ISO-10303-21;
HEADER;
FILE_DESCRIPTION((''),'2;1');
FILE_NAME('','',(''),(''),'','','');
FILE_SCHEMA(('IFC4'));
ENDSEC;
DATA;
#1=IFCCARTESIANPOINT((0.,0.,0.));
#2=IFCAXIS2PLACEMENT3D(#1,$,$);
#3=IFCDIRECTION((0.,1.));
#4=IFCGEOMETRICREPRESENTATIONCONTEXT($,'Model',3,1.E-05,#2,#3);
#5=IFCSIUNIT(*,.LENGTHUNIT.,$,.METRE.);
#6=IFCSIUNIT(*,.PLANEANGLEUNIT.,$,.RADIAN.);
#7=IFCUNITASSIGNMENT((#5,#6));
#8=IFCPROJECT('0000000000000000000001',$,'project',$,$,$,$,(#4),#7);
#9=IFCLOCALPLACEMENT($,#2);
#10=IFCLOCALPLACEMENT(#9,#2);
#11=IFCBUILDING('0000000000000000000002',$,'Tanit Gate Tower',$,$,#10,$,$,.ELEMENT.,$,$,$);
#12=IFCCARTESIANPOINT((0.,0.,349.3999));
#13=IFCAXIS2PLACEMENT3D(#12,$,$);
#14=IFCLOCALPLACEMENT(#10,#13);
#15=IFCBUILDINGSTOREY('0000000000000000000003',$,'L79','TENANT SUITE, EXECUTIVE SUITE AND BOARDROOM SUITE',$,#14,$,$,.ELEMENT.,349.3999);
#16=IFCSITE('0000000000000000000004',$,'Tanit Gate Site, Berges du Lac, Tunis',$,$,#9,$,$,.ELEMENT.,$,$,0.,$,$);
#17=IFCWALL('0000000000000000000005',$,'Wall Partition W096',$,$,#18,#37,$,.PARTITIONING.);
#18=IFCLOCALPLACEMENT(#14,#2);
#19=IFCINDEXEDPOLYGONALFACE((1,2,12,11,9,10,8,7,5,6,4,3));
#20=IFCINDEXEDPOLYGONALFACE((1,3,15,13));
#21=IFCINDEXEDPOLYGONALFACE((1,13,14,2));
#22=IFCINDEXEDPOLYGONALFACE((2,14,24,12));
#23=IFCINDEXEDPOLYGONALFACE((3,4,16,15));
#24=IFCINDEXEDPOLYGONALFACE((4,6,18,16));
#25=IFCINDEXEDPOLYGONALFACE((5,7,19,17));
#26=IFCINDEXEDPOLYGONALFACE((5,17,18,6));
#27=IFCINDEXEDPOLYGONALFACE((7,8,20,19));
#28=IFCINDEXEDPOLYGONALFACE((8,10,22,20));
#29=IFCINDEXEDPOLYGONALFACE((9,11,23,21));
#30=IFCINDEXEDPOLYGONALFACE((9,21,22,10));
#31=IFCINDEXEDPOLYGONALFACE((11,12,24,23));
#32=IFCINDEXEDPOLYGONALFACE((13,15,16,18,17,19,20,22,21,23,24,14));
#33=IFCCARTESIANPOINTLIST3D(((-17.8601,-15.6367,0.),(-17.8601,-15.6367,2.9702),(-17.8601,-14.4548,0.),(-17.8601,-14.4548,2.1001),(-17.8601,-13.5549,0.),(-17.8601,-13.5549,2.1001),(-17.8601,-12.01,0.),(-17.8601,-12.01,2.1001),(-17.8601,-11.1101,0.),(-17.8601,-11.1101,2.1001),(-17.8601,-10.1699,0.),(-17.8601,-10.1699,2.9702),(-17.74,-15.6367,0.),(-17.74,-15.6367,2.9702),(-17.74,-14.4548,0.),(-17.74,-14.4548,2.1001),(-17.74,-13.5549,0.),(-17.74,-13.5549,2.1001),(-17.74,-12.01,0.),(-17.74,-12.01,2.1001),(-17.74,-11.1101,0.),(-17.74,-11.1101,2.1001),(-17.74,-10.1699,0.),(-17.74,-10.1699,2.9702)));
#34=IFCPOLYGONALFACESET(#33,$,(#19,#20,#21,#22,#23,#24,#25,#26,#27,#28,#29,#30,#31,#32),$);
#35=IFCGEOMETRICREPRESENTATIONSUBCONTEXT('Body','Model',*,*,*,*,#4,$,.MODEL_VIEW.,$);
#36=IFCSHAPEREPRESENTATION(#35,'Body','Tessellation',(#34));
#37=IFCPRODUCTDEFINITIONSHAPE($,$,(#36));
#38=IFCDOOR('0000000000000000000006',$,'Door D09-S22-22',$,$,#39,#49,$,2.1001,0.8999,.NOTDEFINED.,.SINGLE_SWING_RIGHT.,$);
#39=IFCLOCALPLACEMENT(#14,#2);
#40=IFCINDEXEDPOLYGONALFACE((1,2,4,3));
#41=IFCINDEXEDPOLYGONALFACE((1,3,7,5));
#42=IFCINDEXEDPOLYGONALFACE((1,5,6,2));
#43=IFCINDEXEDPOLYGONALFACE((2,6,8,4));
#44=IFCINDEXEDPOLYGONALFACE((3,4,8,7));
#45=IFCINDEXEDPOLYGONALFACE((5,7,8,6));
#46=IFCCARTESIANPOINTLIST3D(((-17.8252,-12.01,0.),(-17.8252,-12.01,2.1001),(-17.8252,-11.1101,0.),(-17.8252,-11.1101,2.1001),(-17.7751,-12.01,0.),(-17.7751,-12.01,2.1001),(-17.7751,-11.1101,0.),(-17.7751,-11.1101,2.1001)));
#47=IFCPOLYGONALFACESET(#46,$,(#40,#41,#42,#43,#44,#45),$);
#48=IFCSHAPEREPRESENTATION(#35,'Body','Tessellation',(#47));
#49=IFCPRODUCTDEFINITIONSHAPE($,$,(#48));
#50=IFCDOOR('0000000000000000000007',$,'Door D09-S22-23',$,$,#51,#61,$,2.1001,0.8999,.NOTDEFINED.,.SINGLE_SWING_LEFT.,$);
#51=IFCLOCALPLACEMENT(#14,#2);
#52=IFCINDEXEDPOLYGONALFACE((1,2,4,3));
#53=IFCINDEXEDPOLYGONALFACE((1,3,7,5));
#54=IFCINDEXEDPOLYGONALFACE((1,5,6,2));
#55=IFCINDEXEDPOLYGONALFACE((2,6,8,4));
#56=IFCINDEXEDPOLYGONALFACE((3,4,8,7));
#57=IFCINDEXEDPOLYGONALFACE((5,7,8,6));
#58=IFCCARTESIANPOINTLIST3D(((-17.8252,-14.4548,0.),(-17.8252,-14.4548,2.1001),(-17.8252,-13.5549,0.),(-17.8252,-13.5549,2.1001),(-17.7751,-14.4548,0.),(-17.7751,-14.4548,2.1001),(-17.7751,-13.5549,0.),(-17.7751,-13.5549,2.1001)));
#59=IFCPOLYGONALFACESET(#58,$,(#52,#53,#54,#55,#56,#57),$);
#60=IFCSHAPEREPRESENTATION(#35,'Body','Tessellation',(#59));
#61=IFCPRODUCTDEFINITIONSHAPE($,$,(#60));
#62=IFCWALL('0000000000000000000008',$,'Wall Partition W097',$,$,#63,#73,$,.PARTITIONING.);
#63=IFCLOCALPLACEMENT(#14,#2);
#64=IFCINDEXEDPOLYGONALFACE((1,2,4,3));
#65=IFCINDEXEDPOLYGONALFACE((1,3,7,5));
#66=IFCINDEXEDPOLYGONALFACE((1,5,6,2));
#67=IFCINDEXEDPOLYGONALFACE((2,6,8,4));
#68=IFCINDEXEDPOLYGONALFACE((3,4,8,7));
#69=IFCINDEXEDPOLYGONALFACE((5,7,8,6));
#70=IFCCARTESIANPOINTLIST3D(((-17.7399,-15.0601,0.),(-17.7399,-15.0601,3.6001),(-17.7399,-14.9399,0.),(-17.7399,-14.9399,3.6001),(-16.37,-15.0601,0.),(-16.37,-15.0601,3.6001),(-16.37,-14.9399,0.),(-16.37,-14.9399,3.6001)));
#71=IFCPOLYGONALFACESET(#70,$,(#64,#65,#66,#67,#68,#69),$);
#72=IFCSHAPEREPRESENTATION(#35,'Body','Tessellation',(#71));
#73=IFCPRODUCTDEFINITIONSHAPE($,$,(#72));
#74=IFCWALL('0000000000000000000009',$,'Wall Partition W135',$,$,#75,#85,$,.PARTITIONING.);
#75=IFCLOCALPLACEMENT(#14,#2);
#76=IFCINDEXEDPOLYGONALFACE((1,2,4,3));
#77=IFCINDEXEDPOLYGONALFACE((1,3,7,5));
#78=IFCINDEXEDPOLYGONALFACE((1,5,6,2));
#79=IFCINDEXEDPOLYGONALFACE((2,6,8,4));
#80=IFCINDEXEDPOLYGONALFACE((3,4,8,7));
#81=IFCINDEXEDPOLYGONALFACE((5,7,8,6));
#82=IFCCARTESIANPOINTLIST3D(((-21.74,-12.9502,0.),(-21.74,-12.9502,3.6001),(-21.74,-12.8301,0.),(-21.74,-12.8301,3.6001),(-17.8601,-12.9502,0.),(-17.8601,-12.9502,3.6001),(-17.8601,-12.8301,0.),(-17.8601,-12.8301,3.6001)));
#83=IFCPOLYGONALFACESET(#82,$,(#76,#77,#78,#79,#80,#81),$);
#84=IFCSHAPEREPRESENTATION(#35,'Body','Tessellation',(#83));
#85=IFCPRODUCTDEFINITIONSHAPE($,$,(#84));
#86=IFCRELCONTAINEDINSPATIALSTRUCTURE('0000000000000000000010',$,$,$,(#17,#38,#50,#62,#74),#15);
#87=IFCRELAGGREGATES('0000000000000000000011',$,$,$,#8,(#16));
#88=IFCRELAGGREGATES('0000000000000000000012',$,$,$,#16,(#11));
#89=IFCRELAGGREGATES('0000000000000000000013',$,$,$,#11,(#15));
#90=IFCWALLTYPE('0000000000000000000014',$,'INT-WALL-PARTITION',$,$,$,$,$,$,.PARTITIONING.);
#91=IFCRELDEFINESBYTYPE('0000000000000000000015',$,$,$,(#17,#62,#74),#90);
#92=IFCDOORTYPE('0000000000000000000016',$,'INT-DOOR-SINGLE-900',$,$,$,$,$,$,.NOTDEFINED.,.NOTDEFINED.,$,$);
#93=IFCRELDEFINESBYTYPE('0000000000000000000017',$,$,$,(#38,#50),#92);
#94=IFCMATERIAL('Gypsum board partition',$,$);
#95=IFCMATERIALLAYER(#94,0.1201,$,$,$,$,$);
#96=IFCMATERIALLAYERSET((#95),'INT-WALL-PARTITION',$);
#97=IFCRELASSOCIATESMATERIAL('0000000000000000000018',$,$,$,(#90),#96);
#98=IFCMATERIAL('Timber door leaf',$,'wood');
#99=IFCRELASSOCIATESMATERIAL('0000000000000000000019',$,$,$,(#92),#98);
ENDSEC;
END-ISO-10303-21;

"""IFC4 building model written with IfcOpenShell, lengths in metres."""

from ifc_helpers import new_model, si_unit, direction, frame, frame_2d, origin, place, context, subcontext, project, spatial, rectangle, extrude, material, layer, layer_set, type_object, element, fill, save


model = new_model("IFC4")

# Units and contexts
model_context = context("Model", 3, precision=1e-05, world=origin(), true_north=direction((0.0, 1.0)))
body_context = subcontext(model_context, "Body", "Model", "MODEL_VIEW")
ifc_project = project(units=[si_unit("LENGTHUNIT", "METRE"), si_unit("PLANEANGLEUNIT", "RADIAN")], contexts=[model_context])

# Site, building, storey
site_placement = place(None, origin())
site = spatial("IfcSite", under=ifc_project, at=site_placement, Name="Tanit Gate Site, Berges du Lac, Tunis", CompositionType="ELEMENT", RefElevation=0.0)
building_placement = place(site_placement, origin())
building = spatial("IfcBuilding", under=site, at=building_placement, Name="Tanit Gate Tower", CompositionType="ELEMENT")
storey_placement = place(building_placement, frame((0.0, 0.0, 349.3999)))
storey = spatial("IfcBuildingStorey", under=building, at=storey_placement, Name="L79", Description="TENANT SUITE, EXECUTIVE SUITE AND BOARDROOM SUITE", CompositionType="ELEMENT", Elevation=349.3999)

# Wall, openings, doors
ifc_material_1 = material(Name="Gypsum board partition")
ifc_layer_1 = layer(ifc_material_1, 0.1201)
ifc_layer_set_1 = layer_set([ifc_layer_1], Name="INT-WALL-PARTITION")
wall_type_1 = type_object("IfcWallType", Name="INT-WALL-PARTITION", PredefinedType="PARTITIONING", material=ifc_layer_set_1)
wall_1_placement = place(storey_placement, frame((-17.8, -10.1699, 0.0), z_axis=(0.0, 0.0, 1.0), x_axis=(0.0, -1.0, 0.0)))
wall_1 = element("IfcWall", 1, at=wall_1_placement, inside=storey, type_object=wall_type_1, Name="Wall Partition W096", PredefinedType="PARTITIONING", context=body_context, shape_type="SweptSolid", body=[
    extrude(rectangle(XDim=5.4668, YDim=0.1201, at=frame_2d((2.7334, 0.0))), origin(), (0.0, 0.0, 1.0), 2.9702),
])
opening_1_placement = place(wall_1_placement, frame((0.9402, 0.0, 0.0)))
opening_1 = element("IfcOpeningElement", 2, at=opening_1_placement, cuts=wall_1, PredefinedType="OPENING", context=body_context, shape_type="SweptSolid", body=[
    extrude(rectangle(XDim=0.8999, YDim=2.1001, at=frame_2d((0.45, 1.05))), frame((0.0, 0.0701, 0.0), z_axis=(0.0, -1.0, 0.0), x_axis=(1.0, 0.0, 0.0)), (0.0, 0.0, 1.0), 0.1401),
])
opening_2_placement = place(wall_1_placement, frame((3.385, 0.0, 0.0)))
opening_2 = element("IfcOpeningElement", 3, at=opening_2_placement, cuts=wall_1, PredefinedType="OPENING", context=body_context, shape_type="SweptSolid", body=[
    extrude(rectangle(XDim=0.8999, YDim=2.1001, at=frame_2d((0.45, 1.05))), frame((0.0, 0.0701, 0.0), z_axis=(0.0, -1.0, 0.0), x_axis=(1.0, 0.0, 0.0)), (0.0, 0.0, 1.0), 0.1401),
])
ifc_material_2 = material(Name="Timber door leaf", Category="wood")
door_type = type_object("IfcDoorType", Name="INT-DOOR-SINGLE-900", OperationType="NOTDEFINED", PredefinedType="NOTDEFINED", material=ifc_material_2)
door_1_placement = place(opening_1_placement, origin())
door_1 = element("IfcDoor", 4, at=door_1_placement, inside=storey, type_object=door_type, Name="Door D09-S22-22", OperationType="SINGLE_SWING_RIGHT", OverallHeight=2.1001, OverallWidth=0.8999, PredefinedType="NOTDEFINED", context=body_context, shape_type="SweptSolid", body=[
    extrude(rectangle(XDim=0.8999, YDim=2.1001, at=frame_2d((0.45, 1.05))), frame((0.0, 0.0249, 0.0), z_axis=(0.0, -1.0, 0.0), x_axis=(1.0, 0.0, 0.0)), (0.0, 0.0, 1.0), 0.05),
])
fill(opening_1, door_1)
door_2_placement = place(opening_2_placement, origin())
door_2 = element("IfcDoor", 5, at=door_2_placement, inside=storey, type_object=door_type, Name="Door D09-S22-23", OperationType="SINGLE_SWING_LEFT", OverallHeight=2.1001, OverallWidth=0.8999, PredefinedType="NOTDEFINED", context=body_context, shape_type="SweptSolid", body=[
    extrude(rectangle(XDim=0.8999, YDim=2.1001, at=frame_2d((0.45, 1.05))), frame((0.0, 0.0249, 0.0), z_axis=(0.0, -1.0, 0.0), x_axis=(1.0, 0.0, 0.0)), (0.0, 0.0, 1.0), 0.05),
])
fill(opening_2, door_2)

# Walls
wall_2_placement = place(storey_placement, frame((-17.74, -15.0, 0.0), z_axis=(0.0, 0.0, 1.0), x_axis=(1.0, 0.0, 0.0)))
element("IfcWall", 6, at=wall_2_placement, inside=storey, type_object=wall_type_1, Name="Wall Partition W097", PredefinedType="PARTITIONING", context=body_context, shape_type="SweptSolid", body=[
    extrude(rectangle(XDim=1.3699, YDim=0.1201, at=frame_2d((0.6851, 0.0))), origin(), (0.0, 0.0, 1.0), 3.6001),
])
wall_3_placement = place(storey_placement, frame((-17.8601, -12.8901, 0.0), z_axis=(0.0, 0.0, 1.0), x_axis=(-1.0, 0.0, 0.0)))
element("IfcWall", 7, at=wall_3_placement, inside=storey, type_object=wall_type_1, Name="Wall Partition W135", PredefinedType="PARTITIONING", context=body_context, shape_type="SweptSolid", body=[
    extrude(rectangle(XDim=3.8799, YDim=0.1201, at=frame_2d((1.9399, 0.0))), origin(), (0.0, 0.0, 1.0), 3.6001),
])

save(model, "model.ifc")
